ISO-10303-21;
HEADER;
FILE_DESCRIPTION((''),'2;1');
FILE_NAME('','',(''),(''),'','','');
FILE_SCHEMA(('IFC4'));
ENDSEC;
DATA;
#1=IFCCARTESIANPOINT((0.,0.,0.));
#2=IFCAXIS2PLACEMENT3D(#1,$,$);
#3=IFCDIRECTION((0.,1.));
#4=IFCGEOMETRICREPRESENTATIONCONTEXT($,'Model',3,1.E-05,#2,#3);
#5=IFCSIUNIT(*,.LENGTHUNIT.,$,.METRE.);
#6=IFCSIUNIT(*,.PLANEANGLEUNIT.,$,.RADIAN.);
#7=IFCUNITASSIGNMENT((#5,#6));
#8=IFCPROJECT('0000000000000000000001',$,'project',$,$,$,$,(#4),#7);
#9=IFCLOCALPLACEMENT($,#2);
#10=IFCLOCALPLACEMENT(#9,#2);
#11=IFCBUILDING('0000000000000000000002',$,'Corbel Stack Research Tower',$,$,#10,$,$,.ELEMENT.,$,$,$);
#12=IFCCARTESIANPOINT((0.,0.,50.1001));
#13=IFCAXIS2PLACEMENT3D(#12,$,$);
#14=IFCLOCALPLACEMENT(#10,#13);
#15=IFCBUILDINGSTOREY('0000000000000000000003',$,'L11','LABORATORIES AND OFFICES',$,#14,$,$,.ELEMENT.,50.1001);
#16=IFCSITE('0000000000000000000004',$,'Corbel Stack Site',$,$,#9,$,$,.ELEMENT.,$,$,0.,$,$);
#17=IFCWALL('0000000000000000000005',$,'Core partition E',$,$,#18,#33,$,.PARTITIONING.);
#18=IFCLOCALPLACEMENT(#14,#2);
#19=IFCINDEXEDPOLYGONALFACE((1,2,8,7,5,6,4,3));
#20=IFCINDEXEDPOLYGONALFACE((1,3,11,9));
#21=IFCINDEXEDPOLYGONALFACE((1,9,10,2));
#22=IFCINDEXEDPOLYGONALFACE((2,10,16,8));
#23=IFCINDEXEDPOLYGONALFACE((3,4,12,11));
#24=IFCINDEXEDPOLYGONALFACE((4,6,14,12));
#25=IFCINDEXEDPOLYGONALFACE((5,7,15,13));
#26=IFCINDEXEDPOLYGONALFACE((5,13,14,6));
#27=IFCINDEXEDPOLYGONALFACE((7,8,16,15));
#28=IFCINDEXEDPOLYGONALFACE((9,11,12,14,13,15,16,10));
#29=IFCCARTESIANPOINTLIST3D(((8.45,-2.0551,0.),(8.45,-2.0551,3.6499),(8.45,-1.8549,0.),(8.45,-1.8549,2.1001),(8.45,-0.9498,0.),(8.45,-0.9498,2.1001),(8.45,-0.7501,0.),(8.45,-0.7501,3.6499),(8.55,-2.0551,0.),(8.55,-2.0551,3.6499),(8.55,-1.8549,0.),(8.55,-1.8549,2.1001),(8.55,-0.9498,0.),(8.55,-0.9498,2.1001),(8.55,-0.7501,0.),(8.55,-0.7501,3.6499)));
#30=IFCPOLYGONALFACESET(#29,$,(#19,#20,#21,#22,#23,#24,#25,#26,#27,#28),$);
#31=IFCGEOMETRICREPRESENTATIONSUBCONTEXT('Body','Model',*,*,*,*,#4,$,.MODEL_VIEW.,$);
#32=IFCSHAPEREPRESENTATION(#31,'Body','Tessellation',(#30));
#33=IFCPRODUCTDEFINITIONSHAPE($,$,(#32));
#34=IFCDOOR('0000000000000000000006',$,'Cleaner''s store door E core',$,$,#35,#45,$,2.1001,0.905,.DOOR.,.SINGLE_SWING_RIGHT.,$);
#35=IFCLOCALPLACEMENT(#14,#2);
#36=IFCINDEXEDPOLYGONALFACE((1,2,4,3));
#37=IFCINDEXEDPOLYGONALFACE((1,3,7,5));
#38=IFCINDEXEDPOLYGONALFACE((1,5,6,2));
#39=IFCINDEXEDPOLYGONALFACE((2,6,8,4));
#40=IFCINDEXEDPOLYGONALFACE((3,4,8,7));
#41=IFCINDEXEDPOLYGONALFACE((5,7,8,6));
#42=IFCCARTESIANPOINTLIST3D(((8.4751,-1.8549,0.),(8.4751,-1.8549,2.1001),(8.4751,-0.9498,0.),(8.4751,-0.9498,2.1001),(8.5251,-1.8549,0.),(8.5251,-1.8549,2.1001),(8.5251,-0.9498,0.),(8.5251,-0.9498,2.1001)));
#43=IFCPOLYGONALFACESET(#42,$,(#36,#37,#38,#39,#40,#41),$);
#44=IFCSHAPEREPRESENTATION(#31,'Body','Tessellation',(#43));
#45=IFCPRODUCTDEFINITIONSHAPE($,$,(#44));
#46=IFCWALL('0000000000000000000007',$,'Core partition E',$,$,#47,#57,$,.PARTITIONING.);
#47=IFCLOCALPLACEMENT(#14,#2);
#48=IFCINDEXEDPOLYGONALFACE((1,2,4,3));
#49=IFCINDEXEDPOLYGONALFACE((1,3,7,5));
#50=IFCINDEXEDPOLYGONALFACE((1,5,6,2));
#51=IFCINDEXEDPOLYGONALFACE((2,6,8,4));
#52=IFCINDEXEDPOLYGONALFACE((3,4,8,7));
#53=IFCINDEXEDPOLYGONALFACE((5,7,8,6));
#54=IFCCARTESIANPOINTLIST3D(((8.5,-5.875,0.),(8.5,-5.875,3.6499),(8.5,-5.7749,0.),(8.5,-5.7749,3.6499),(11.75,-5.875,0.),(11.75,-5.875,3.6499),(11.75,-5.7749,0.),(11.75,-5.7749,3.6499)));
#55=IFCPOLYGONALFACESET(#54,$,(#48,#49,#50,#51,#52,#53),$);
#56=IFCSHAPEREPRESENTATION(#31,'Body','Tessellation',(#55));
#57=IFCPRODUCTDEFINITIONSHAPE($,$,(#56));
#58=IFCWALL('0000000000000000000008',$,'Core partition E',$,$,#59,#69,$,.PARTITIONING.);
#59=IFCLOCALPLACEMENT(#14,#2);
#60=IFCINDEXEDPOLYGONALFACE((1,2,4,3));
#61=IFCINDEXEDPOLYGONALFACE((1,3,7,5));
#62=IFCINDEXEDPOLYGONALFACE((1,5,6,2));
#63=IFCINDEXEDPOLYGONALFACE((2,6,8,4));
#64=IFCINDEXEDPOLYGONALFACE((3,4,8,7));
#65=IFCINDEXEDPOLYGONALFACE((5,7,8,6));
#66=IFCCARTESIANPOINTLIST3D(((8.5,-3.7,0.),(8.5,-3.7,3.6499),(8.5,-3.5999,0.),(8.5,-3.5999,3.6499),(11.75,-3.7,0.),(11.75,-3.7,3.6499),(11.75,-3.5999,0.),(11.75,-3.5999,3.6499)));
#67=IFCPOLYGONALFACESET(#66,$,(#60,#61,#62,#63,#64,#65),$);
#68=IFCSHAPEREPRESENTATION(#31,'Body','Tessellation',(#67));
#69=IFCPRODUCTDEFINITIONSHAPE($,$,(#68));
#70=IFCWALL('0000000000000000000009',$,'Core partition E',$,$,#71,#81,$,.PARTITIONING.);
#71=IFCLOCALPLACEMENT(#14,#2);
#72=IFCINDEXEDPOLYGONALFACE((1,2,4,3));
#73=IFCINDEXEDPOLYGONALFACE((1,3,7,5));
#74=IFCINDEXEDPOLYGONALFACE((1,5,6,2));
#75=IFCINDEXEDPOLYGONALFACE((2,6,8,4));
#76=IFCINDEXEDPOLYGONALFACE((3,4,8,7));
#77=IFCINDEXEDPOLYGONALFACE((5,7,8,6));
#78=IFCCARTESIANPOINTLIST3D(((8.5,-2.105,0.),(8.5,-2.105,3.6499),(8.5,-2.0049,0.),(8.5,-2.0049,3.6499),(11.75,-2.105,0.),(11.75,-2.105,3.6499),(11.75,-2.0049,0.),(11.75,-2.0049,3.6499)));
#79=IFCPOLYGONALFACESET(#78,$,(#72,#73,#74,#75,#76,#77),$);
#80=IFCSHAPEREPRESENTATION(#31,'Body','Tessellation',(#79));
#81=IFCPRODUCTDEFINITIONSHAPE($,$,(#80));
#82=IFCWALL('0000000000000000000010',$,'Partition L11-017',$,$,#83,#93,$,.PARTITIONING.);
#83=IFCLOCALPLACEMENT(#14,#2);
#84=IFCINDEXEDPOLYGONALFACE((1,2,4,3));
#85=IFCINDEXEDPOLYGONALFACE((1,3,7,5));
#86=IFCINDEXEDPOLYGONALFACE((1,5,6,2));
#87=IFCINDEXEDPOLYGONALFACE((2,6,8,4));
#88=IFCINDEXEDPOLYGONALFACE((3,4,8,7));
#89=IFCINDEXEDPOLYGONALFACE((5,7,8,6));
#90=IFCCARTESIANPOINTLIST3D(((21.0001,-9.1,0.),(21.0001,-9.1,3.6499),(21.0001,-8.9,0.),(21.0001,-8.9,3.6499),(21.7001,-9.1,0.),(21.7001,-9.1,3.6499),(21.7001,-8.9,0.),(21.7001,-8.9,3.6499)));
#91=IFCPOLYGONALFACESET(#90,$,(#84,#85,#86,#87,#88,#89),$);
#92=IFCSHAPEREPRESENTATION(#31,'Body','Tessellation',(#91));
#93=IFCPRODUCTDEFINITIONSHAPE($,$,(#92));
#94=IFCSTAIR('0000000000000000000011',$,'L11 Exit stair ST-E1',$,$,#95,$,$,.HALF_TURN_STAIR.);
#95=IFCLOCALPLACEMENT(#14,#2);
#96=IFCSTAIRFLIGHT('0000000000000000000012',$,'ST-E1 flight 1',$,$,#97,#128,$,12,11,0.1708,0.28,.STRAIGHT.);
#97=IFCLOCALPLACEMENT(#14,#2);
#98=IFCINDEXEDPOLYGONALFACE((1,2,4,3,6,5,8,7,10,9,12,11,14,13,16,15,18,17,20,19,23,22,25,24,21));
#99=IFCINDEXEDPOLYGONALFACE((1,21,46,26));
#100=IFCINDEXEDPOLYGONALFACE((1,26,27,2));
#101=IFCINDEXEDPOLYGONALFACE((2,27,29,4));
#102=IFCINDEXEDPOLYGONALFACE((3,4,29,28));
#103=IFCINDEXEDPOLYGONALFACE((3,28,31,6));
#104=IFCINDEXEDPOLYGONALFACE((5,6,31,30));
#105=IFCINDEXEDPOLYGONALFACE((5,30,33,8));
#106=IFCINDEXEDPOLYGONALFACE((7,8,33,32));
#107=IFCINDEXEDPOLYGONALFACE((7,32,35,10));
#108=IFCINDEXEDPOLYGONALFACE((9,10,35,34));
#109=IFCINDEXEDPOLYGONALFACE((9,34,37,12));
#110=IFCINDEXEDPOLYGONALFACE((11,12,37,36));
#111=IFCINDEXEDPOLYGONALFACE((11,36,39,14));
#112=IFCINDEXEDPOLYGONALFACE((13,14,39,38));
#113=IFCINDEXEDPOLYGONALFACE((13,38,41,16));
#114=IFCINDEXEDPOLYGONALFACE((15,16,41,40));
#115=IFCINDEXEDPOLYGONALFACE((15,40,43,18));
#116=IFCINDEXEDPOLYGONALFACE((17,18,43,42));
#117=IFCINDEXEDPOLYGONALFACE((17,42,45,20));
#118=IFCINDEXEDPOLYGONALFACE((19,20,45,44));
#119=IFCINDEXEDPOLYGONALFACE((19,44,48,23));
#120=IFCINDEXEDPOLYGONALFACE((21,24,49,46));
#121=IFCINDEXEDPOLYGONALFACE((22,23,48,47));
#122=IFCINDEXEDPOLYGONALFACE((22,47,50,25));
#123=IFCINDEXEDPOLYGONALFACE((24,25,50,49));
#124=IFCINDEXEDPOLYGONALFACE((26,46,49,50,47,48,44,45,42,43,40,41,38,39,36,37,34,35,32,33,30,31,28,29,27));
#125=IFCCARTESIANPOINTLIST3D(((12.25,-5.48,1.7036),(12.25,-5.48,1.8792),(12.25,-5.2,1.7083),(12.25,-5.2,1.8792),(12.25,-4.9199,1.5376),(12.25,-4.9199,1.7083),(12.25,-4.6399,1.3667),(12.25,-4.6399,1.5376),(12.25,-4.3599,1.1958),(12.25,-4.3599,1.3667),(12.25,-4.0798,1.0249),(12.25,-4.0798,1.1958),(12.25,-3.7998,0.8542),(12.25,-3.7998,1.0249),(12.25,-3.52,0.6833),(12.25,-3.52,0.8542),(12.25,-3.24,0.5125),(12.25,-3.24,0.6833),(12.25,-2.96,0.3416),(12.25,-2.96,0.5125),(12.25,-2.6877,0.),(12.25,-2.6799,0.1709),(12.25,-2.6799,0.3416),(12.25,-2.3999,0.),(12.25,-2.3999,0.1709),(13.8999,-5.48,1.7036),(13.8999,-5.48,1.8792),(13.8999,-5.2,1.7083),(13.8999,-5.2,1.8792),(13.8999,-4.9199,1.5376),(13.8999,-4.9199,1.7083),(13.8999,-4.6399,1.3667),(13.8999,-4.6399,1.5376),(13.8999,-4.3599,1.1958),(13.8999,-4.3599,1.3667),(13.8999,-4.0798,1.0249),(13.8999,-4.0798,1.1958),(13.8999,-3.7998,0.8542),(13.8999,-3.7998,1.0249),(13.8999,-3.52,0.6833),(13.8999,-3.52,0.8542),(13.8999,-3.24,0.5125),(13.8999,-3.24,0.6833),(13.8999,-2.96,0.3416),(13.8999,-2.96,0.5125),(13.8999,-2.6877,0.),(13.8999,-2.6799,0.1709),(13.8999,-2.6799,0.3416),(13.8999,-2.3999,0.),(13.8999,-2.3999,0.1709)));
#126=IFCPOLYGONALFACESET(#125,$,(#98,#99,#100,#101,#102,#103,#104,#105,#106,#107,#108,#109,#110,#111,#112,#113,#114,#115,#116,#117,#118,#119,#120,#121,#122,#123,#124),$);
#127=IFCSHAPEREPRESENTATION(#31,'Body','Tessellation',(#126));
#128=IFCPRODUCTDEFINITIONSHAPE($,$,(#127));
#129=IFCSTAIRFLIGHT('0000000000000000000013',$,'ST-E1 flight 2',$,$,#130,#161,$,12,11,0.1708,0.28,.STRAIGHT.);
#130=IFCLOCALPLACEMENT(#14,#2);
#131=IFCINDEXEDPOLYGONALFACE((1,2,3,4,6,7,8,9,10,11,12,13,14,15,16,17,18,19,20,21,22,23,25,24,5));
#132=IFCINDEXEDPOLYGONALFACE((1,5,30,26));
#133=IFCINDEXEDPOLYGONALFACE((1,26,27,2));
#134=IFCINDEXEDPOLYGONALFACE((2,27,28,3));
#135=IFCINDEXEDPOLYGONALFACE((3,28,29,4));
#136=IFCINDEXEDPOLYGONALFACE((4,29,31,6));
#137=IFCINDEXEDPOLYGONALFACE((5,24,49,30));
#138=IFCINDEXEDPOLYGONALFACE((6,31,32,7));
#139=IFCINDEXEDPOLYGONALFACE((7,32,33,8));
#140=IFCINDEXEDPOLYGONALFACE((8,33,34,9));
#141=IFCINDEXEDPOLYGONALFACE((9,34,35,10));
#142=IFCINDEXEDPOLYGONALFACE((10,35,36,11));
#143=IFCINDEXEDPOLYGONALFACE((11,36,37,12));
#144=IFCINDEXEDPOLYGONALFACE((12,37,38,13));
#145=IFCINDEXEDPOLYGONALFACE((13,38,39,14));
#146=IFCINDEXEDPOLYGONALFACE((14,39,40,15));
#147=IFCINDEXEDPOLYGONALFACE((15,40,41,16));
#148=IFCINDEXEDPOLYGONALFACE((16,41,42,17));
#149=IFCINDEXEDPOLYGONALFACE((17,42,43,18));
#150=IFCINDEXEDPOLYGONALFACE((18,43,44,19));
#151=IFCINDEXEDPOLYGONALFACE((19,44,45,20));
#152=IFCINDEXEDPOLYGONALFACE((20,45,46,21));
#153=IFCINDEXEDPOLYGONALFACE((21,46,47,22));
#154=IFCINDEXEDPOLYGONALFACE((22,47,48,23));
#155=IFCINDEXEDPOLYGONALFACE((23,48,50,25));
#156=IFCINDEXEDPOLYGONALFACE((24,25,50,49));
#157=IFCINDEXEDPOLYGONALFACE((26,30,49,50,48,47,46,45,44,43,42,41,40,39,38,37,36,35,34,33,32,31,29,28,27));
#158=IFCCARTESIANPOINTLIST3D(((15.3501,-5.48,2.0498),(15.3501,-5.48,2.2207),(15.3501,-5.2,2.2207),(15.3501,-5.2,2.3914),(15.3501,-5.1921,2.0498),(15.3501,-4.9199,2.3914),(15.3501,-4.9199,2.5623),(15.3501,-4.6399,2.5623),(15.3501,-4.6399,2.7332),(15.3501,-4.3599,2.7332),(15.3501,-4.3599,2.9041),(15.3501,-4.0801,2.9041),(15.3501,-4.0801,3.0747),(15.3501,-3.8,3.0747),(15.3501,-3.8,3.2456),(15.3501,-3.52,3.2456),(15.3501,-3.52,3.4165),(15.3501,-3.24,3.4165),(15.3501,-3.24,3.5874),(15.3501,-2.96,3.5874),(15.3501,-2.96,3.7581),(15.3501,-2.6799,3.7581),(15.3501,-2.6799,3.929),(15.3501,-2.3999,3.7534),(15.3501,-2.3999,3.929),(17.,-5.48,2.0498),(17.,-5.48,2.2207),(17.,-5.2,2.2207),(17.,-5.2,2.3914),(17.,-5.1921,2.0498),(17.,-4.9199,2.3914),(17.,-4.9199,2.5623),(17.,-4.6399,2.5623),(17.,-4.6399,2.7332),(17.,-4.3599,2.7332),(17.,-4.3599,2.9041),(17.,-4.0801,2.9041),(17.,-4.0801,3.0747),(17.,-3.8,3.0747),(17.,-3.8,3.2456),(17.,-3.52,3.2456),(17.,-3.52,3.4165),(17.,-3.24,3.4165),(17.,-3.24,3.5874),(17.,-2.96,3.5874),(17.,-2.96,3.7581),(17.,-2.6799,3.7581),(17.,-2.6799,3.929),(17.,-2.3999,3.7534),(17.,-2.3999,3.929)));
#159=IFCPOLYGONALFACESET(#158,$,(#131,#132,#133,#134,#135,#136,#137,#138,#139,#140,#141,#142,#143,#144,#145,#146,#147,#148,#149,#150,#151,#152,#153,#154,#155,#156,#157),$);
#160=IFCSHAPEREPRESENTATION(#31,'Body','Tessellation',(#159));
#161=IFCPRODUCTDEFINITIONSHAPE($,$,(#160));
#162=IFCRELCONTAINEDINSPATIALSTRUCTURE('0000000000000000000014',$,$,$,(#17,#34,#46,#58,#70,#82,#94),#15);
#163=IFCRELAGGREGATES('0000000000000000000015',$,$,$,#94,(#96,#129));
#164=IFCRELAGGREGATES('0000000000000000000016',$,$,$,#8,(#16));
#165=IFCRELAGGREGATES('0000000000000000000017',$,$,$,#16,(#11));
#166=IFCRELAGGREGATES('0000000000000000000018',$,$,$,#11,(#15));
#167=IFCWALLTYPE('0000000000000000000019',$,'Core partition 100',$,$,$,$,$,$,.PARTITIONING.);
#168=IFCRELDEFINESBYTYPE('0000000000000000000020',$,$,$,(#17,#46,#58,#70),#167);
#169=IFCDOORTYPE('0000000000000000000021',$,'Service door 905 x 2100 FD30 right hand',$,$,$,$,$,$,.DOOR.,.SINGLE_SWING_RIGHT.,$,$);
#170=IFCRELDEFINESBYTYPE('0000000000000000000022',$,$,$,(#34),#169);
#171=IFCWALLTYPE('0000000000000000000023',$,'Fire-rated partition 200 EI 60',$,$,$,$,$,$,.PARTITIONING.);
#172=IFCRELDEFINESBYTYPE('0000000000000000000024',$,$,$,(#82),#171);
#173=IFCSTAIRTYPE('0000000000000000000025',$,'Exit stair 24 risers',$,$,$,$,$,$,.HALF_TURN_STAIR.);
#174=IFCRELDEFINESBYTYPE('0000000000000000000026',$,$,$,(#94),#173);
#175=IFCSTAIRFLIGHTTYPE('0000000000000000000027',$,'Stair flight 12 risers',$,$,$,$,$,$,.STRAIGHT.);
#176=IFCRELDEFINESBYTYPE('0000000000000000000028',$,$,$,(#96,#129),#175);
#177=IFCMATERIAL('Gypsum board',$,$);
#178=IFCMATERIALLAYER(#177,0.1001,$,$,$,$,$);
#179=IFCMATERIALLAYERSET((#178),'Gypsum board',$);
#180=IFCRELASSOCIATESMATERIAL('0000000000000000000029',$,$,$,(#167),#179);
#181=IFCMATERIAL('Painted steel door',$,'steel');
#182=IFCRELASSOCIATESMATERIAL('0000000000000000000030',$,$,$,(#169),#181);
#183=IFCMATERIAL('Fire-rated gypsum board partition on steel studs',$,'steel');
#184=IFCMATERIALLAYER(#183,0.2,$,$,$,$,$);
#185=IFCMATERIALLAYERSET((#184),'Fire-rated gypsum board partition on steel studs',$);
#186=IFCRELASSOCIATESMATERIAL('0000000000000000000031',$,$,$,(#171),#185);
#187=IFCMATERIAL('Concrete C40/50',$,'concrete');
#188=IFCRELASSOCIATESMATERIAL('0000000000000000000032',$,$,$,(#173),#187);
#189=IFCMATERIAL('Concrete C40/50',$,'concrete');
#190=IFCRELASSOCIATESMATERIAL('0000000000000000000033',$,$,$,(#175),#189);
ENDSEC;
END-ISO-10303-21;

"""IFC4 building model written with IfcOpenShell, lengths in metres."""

from ifc_helpers import new_model, si_unit, direction, frame, frame_2d, origin, place, context, subcontext, project, spatial, polyline, rectangle, outline, extrude, material, layer, layer_set, type_object, element, fill, aggregate, save


model = new_model("IFC4")

# Units and contexts
model_context = context("Model", 3, precision=1e-05, world=origin(), true_north=direction((0.0, 1.0)))
body_context = subcontext(model_context, "Body", "Model", "MODEL_VIEW")
ifc_project = project(units=[si_unit("LENGTHUNIT", "METRE"), si_unit("PLANEANGLEUNIT", "RADIAN")], contexts=[model_context])

# Site, building, storey
site_placement = place(None, origin())
site = spatial("IfcSite", under=ifc_project, at=site_placement, Name="Corbel Stack Site", CompositionType="ELEMENT", RefElevation=0.0)
building_placement = place(site_placement, origin())
building = spatial("IfcBuilding", under=site, at=building_placement, Name="Corbel Stack Research Tower", CompositionType="ELEMENT")
storey_placement = place(building_placement, frame((0.0, 0.0, 50.1001)))
storey = spatial("IfcBuildingStorey", under=building, at=storey_placement, Name="L11", Description="LABORATORIES AND OFFICES", CompositionType="ELEMENT", Elevation=50.1001)

# Wall, opening, door
ifc_material_1 = material(Name="Gypsum board")
ifc_layer_1 = layer(ifc_material_1, 0.1001)
ifc_layer_set_1 = layer_set([ifc_layer_1], Name="Gypsum board")
wall_type_1 = type_object("IfcWallType", Name="Core partition 100", PredefinedType="PARTITIONING", material=ifc_layer_set_1)
wall_1_placement = place(storey_placement, frame((8.5, -2.0549, 0.0), z_axis=(0.0, 0.0, 1.0), x_axis=(0.0, 1.0, 0.0)))
wall_1 = element("IfcWall", 1, at=wall_1_placement, inside=storey, type_object=wall_type_1, Name="Core partition E", PredefinedType="PARTITIONING", context=body_context, shape_type="SweptSolid", body=[
    extrude(rectangle(XDim=1.3049, YDim=0.1001, at=frame_2d((0.6523, 0.0))), origin(), (0.0, 0.0, 1.0), 3.6499),
])
opening_1_placement = place(wall_1_placement, frame((0.2, 0.0, 0.0)))
opening_1 = element("IfcOpeningElement", 2, at=opening_1_placement, cuts=wall_1, PredefinedType="OPENING", context=body_context, shape_type="SweptSolid", body=[
    extrude(rectangle(XDim=0.905, YDim=2.1001, at=frame_2d((0.4526, 1.05))), frame((0.0, 0.0601, 0.0), z_axis=(0.0, -1.0, 0.0), x_axis=(1.0, 0.0, 0.0)), (0.0, 0.0, 1.0), 0.1201),
])
ifc_material_2 = material(Name="Painted steel door", Category="steel")
door_type_1 = type_object("IfcDoorType", Name="Service door 905 x 2100 FD30 right hand", OperationType="SINGLE_SWING_RIGHT", PredefinedType="DOOR", material=ifc_material_2)
door_1_placement = place(opening_1_placement, origin())
door_1 = element("IfcDoor", 3, at=door_1_placement, inside=storey, type_object=door_type_1, Name="Cleaner's store door E core", OperationType="SINGLE_SWING_RIGHT", OverallHeight=2.1001, OverallWidth=0.905, PredefinedType="DOOR", context=body_context, shape_type="SweptSolid", body=[
    extrude(rectangle(XDim=0.905, YDim=2.1001, at=frame_2d((0.4526, 1.05))), frame((0.0, 0.0249, 0.0), z_axis=(0.0, -1.0, 0.0), x_axis=(1.0, 0.0, 0.0)), (0.0, 0.0, 1.0), 0.05),
])
fill(opening_1, door_1)

# Walls
for number, where, z_axis, x_axis, name in (
    (4, (8.5, -5.825, 0.0), (0.0, 0.0, 1.0), (1.0, 0.0, 0.0), "Core partition E"),
    (5, (8.5, -3.6499, 0.0), (0.0, 0.0, 1.0), (1.0, 0.0, 0.0), "Core partition E"),
    (6, (8.5, -2.0549, 0.0), (0.0, 0.0, 1.0), (1.0, 0.0, 0.0), "Core partition E"),
):
    element("IfcWall", number, at=place(storey_placement, frame(where, z_axis=z_axis, x_axis=x_axis)), inside=storey, type_object=wall_type_1, Name=name, PredefinedType="PARTITIONING", context=body_context, shape_type="SweptSolid", body=[
        extrude(rectangle(XDim=3.25, YDim=0.1001, at=frame_2d((1.625, 0.0))), origin(), (0.0, 0.0, 1.0), 3.6499),
    ])
ifc_material_3 = material(Name="Fire-rated gypsum board partition on steel studs", Category="steel")
ifc_layer_2 = layer(ifc_material_3, 0.2)
ifc_layer_set_2 = layer_set([ifc_layer_2], Name="Fire-rated gypsum board partition on steel studs")
wall_type_2 = type_object("IfcWallType", Name="Fire-rated partition 200 EI 60", PredefinedType="PARTITIONING", material=ifc_layer_set_2)
wall_2_placement = place(storey_placement, frame((21.0, -9.0, 0.0), z_axis=(0.0, 0.0, 1.0), x_axis=(1.0, 0.0, 0.0)))
element("IfcWall", 7, at=wall_2_placement, inside=storey, type_object=wall_type_2, Name="Partition L11-017", PredefinedType="PARTITIONING", context=body_context, shape_type="SweptSolid", body=[
    extrude(rectangle(XDim=0.7, YDim=0.2, at=frame_2d((0.3501, 0.0))), origin(), (0.0, 0.0, 1.0), 3.6499),
])

# Stair, stair flights
ifc_material_4 = material(Name="Concrete C40/50", Category="concrete")
stair_type = type_object("IfcStairType", Name="Exit stair 24 risers", PredefinedType="HALF_TURN_STAIR", material=ifc_material_4)
stair_placement = place(storey_placement, origin())
stair = element("IfcStair", 8, at=stair_placement, inside=storey, type_object=stair_type, Name="L11 Exit stair ST-E1", PredefinedType="HALF_TURN_STAIR")
ifc_material_5 = material(Name="Concrete C40/50", Category="concrete")
stair_flight_type = type_object("IfcStairFlightType", Name="Stair flight 12 risers", PredefinedType="STRAIGHT", material=ifc_material_5)
stair_flight_1_placement = place(storey_placement, frame((13.075, -2.3999, 0.0), z_axis=(0.0, 0.0, 1.0), x_axis=(0.0, -1.0, 0.0)))
stair_flight_1 = element("IfcStairFlight", 9, at=stair_flight_1_placement, type_object=stair_flight_type, Name="ST-E1 flight 1", NumberOfRisers=12, NumberOfTreads=11, PredefinedType="STRAIGHT", RiserHeight=0.1708, TreadLength=0.28, context=body_context, shape_type="SweptSolid", body=[
    extrude(outline(polyline([(0.0, 0.0), (0.0, 0.1709), (0.28, 0.1709), (0.28, 0.3416), (0.5601, 0.3416), (0.5601, 0.5125), (0.8401, 0.5125), (0.8401, 0.6833), (1.1201, 0.6833), (1.1201, 0.8542), (1.3999, 0.8542), (1.3999, 1.0249), (1.6799, 1.0249), (1.6799, 1.1958), (1.96, 1.1958), (1.96, 1.3667), (2.24, 1.3667), (2.24, 1.5376), (2.52, 1.5376), (2.52, 1.7083), (2.8, 1.7083), (2.8, 1.8792), (3.0801, 1.8792), (3.0801, 2.05), (3.0801, 1.7036), (0.2878, 0.0), (0.0, 0.0)])), frame((0.0, 0.825, 0.0), z_axis=(0.0, -1.0, 0.0), x_axis=(1.0, 0.0, 0.0)), (0.0, 0.0, 1.0), 1.6499),
])
stair_flight_2_placement = place(storey_placement, frame((16.175, -5.48, 2.0498), z_axis=(0.0, 0.0, 1.0), x_axis=(0.0, 1.0, 0.0)))
stair_flight_2 = element("IfcStairFlight", 10, at=stair_flight_2_placement, type_object=stair_flight_type, Name="ST-E1 flight 2", NumberOfRisers=12, NumberOfTreads=11, PredefinedType="STRAIGHT", RiserHeight=0.1708, TreadLength=0.28, context=body_context, shape_type="SweptSolid", body=[
    extrude(outline(polyline([(0.0, 0.0), (0.0, 0.1709), (0.28, 0.1709), (0.28, 0.3416), (0.5601, 0.3416), (0.5601, 0.5125), (0.8401, 0.5125), (0.8401, 0.6833), (1.1201, 0.6833), (1.1201, 0.8542), (1.3999, 0.8542), (1.3999, 1.0249), (1.6799, 1.0249), (1.6799, 1.1958), (1.96, 1.1958), (1.96, 1.3667), (2.24, 1.3667), (2.24, 1.5376), (2.52, 1.5376), (2.52, 1.7083), (2.8, 1.7083), (2.8, 1.8792), (3.0801, 1.8792), (3.0801, 2.05), (3.0801, 1.7036), (0.2878, 0.0), (0.0, 0.0)])), frame((0.0, 0.825, 0.0), z_axis=(0.0, -1.0, 0.0), x_axis=(1.0, 0.0, 0.0)), (0.0, 0.0, 1.0), 1.6499),
])
aggregate(stair, [stair_flight_1, stair_flight_2])

save(model, "model.ifc")
